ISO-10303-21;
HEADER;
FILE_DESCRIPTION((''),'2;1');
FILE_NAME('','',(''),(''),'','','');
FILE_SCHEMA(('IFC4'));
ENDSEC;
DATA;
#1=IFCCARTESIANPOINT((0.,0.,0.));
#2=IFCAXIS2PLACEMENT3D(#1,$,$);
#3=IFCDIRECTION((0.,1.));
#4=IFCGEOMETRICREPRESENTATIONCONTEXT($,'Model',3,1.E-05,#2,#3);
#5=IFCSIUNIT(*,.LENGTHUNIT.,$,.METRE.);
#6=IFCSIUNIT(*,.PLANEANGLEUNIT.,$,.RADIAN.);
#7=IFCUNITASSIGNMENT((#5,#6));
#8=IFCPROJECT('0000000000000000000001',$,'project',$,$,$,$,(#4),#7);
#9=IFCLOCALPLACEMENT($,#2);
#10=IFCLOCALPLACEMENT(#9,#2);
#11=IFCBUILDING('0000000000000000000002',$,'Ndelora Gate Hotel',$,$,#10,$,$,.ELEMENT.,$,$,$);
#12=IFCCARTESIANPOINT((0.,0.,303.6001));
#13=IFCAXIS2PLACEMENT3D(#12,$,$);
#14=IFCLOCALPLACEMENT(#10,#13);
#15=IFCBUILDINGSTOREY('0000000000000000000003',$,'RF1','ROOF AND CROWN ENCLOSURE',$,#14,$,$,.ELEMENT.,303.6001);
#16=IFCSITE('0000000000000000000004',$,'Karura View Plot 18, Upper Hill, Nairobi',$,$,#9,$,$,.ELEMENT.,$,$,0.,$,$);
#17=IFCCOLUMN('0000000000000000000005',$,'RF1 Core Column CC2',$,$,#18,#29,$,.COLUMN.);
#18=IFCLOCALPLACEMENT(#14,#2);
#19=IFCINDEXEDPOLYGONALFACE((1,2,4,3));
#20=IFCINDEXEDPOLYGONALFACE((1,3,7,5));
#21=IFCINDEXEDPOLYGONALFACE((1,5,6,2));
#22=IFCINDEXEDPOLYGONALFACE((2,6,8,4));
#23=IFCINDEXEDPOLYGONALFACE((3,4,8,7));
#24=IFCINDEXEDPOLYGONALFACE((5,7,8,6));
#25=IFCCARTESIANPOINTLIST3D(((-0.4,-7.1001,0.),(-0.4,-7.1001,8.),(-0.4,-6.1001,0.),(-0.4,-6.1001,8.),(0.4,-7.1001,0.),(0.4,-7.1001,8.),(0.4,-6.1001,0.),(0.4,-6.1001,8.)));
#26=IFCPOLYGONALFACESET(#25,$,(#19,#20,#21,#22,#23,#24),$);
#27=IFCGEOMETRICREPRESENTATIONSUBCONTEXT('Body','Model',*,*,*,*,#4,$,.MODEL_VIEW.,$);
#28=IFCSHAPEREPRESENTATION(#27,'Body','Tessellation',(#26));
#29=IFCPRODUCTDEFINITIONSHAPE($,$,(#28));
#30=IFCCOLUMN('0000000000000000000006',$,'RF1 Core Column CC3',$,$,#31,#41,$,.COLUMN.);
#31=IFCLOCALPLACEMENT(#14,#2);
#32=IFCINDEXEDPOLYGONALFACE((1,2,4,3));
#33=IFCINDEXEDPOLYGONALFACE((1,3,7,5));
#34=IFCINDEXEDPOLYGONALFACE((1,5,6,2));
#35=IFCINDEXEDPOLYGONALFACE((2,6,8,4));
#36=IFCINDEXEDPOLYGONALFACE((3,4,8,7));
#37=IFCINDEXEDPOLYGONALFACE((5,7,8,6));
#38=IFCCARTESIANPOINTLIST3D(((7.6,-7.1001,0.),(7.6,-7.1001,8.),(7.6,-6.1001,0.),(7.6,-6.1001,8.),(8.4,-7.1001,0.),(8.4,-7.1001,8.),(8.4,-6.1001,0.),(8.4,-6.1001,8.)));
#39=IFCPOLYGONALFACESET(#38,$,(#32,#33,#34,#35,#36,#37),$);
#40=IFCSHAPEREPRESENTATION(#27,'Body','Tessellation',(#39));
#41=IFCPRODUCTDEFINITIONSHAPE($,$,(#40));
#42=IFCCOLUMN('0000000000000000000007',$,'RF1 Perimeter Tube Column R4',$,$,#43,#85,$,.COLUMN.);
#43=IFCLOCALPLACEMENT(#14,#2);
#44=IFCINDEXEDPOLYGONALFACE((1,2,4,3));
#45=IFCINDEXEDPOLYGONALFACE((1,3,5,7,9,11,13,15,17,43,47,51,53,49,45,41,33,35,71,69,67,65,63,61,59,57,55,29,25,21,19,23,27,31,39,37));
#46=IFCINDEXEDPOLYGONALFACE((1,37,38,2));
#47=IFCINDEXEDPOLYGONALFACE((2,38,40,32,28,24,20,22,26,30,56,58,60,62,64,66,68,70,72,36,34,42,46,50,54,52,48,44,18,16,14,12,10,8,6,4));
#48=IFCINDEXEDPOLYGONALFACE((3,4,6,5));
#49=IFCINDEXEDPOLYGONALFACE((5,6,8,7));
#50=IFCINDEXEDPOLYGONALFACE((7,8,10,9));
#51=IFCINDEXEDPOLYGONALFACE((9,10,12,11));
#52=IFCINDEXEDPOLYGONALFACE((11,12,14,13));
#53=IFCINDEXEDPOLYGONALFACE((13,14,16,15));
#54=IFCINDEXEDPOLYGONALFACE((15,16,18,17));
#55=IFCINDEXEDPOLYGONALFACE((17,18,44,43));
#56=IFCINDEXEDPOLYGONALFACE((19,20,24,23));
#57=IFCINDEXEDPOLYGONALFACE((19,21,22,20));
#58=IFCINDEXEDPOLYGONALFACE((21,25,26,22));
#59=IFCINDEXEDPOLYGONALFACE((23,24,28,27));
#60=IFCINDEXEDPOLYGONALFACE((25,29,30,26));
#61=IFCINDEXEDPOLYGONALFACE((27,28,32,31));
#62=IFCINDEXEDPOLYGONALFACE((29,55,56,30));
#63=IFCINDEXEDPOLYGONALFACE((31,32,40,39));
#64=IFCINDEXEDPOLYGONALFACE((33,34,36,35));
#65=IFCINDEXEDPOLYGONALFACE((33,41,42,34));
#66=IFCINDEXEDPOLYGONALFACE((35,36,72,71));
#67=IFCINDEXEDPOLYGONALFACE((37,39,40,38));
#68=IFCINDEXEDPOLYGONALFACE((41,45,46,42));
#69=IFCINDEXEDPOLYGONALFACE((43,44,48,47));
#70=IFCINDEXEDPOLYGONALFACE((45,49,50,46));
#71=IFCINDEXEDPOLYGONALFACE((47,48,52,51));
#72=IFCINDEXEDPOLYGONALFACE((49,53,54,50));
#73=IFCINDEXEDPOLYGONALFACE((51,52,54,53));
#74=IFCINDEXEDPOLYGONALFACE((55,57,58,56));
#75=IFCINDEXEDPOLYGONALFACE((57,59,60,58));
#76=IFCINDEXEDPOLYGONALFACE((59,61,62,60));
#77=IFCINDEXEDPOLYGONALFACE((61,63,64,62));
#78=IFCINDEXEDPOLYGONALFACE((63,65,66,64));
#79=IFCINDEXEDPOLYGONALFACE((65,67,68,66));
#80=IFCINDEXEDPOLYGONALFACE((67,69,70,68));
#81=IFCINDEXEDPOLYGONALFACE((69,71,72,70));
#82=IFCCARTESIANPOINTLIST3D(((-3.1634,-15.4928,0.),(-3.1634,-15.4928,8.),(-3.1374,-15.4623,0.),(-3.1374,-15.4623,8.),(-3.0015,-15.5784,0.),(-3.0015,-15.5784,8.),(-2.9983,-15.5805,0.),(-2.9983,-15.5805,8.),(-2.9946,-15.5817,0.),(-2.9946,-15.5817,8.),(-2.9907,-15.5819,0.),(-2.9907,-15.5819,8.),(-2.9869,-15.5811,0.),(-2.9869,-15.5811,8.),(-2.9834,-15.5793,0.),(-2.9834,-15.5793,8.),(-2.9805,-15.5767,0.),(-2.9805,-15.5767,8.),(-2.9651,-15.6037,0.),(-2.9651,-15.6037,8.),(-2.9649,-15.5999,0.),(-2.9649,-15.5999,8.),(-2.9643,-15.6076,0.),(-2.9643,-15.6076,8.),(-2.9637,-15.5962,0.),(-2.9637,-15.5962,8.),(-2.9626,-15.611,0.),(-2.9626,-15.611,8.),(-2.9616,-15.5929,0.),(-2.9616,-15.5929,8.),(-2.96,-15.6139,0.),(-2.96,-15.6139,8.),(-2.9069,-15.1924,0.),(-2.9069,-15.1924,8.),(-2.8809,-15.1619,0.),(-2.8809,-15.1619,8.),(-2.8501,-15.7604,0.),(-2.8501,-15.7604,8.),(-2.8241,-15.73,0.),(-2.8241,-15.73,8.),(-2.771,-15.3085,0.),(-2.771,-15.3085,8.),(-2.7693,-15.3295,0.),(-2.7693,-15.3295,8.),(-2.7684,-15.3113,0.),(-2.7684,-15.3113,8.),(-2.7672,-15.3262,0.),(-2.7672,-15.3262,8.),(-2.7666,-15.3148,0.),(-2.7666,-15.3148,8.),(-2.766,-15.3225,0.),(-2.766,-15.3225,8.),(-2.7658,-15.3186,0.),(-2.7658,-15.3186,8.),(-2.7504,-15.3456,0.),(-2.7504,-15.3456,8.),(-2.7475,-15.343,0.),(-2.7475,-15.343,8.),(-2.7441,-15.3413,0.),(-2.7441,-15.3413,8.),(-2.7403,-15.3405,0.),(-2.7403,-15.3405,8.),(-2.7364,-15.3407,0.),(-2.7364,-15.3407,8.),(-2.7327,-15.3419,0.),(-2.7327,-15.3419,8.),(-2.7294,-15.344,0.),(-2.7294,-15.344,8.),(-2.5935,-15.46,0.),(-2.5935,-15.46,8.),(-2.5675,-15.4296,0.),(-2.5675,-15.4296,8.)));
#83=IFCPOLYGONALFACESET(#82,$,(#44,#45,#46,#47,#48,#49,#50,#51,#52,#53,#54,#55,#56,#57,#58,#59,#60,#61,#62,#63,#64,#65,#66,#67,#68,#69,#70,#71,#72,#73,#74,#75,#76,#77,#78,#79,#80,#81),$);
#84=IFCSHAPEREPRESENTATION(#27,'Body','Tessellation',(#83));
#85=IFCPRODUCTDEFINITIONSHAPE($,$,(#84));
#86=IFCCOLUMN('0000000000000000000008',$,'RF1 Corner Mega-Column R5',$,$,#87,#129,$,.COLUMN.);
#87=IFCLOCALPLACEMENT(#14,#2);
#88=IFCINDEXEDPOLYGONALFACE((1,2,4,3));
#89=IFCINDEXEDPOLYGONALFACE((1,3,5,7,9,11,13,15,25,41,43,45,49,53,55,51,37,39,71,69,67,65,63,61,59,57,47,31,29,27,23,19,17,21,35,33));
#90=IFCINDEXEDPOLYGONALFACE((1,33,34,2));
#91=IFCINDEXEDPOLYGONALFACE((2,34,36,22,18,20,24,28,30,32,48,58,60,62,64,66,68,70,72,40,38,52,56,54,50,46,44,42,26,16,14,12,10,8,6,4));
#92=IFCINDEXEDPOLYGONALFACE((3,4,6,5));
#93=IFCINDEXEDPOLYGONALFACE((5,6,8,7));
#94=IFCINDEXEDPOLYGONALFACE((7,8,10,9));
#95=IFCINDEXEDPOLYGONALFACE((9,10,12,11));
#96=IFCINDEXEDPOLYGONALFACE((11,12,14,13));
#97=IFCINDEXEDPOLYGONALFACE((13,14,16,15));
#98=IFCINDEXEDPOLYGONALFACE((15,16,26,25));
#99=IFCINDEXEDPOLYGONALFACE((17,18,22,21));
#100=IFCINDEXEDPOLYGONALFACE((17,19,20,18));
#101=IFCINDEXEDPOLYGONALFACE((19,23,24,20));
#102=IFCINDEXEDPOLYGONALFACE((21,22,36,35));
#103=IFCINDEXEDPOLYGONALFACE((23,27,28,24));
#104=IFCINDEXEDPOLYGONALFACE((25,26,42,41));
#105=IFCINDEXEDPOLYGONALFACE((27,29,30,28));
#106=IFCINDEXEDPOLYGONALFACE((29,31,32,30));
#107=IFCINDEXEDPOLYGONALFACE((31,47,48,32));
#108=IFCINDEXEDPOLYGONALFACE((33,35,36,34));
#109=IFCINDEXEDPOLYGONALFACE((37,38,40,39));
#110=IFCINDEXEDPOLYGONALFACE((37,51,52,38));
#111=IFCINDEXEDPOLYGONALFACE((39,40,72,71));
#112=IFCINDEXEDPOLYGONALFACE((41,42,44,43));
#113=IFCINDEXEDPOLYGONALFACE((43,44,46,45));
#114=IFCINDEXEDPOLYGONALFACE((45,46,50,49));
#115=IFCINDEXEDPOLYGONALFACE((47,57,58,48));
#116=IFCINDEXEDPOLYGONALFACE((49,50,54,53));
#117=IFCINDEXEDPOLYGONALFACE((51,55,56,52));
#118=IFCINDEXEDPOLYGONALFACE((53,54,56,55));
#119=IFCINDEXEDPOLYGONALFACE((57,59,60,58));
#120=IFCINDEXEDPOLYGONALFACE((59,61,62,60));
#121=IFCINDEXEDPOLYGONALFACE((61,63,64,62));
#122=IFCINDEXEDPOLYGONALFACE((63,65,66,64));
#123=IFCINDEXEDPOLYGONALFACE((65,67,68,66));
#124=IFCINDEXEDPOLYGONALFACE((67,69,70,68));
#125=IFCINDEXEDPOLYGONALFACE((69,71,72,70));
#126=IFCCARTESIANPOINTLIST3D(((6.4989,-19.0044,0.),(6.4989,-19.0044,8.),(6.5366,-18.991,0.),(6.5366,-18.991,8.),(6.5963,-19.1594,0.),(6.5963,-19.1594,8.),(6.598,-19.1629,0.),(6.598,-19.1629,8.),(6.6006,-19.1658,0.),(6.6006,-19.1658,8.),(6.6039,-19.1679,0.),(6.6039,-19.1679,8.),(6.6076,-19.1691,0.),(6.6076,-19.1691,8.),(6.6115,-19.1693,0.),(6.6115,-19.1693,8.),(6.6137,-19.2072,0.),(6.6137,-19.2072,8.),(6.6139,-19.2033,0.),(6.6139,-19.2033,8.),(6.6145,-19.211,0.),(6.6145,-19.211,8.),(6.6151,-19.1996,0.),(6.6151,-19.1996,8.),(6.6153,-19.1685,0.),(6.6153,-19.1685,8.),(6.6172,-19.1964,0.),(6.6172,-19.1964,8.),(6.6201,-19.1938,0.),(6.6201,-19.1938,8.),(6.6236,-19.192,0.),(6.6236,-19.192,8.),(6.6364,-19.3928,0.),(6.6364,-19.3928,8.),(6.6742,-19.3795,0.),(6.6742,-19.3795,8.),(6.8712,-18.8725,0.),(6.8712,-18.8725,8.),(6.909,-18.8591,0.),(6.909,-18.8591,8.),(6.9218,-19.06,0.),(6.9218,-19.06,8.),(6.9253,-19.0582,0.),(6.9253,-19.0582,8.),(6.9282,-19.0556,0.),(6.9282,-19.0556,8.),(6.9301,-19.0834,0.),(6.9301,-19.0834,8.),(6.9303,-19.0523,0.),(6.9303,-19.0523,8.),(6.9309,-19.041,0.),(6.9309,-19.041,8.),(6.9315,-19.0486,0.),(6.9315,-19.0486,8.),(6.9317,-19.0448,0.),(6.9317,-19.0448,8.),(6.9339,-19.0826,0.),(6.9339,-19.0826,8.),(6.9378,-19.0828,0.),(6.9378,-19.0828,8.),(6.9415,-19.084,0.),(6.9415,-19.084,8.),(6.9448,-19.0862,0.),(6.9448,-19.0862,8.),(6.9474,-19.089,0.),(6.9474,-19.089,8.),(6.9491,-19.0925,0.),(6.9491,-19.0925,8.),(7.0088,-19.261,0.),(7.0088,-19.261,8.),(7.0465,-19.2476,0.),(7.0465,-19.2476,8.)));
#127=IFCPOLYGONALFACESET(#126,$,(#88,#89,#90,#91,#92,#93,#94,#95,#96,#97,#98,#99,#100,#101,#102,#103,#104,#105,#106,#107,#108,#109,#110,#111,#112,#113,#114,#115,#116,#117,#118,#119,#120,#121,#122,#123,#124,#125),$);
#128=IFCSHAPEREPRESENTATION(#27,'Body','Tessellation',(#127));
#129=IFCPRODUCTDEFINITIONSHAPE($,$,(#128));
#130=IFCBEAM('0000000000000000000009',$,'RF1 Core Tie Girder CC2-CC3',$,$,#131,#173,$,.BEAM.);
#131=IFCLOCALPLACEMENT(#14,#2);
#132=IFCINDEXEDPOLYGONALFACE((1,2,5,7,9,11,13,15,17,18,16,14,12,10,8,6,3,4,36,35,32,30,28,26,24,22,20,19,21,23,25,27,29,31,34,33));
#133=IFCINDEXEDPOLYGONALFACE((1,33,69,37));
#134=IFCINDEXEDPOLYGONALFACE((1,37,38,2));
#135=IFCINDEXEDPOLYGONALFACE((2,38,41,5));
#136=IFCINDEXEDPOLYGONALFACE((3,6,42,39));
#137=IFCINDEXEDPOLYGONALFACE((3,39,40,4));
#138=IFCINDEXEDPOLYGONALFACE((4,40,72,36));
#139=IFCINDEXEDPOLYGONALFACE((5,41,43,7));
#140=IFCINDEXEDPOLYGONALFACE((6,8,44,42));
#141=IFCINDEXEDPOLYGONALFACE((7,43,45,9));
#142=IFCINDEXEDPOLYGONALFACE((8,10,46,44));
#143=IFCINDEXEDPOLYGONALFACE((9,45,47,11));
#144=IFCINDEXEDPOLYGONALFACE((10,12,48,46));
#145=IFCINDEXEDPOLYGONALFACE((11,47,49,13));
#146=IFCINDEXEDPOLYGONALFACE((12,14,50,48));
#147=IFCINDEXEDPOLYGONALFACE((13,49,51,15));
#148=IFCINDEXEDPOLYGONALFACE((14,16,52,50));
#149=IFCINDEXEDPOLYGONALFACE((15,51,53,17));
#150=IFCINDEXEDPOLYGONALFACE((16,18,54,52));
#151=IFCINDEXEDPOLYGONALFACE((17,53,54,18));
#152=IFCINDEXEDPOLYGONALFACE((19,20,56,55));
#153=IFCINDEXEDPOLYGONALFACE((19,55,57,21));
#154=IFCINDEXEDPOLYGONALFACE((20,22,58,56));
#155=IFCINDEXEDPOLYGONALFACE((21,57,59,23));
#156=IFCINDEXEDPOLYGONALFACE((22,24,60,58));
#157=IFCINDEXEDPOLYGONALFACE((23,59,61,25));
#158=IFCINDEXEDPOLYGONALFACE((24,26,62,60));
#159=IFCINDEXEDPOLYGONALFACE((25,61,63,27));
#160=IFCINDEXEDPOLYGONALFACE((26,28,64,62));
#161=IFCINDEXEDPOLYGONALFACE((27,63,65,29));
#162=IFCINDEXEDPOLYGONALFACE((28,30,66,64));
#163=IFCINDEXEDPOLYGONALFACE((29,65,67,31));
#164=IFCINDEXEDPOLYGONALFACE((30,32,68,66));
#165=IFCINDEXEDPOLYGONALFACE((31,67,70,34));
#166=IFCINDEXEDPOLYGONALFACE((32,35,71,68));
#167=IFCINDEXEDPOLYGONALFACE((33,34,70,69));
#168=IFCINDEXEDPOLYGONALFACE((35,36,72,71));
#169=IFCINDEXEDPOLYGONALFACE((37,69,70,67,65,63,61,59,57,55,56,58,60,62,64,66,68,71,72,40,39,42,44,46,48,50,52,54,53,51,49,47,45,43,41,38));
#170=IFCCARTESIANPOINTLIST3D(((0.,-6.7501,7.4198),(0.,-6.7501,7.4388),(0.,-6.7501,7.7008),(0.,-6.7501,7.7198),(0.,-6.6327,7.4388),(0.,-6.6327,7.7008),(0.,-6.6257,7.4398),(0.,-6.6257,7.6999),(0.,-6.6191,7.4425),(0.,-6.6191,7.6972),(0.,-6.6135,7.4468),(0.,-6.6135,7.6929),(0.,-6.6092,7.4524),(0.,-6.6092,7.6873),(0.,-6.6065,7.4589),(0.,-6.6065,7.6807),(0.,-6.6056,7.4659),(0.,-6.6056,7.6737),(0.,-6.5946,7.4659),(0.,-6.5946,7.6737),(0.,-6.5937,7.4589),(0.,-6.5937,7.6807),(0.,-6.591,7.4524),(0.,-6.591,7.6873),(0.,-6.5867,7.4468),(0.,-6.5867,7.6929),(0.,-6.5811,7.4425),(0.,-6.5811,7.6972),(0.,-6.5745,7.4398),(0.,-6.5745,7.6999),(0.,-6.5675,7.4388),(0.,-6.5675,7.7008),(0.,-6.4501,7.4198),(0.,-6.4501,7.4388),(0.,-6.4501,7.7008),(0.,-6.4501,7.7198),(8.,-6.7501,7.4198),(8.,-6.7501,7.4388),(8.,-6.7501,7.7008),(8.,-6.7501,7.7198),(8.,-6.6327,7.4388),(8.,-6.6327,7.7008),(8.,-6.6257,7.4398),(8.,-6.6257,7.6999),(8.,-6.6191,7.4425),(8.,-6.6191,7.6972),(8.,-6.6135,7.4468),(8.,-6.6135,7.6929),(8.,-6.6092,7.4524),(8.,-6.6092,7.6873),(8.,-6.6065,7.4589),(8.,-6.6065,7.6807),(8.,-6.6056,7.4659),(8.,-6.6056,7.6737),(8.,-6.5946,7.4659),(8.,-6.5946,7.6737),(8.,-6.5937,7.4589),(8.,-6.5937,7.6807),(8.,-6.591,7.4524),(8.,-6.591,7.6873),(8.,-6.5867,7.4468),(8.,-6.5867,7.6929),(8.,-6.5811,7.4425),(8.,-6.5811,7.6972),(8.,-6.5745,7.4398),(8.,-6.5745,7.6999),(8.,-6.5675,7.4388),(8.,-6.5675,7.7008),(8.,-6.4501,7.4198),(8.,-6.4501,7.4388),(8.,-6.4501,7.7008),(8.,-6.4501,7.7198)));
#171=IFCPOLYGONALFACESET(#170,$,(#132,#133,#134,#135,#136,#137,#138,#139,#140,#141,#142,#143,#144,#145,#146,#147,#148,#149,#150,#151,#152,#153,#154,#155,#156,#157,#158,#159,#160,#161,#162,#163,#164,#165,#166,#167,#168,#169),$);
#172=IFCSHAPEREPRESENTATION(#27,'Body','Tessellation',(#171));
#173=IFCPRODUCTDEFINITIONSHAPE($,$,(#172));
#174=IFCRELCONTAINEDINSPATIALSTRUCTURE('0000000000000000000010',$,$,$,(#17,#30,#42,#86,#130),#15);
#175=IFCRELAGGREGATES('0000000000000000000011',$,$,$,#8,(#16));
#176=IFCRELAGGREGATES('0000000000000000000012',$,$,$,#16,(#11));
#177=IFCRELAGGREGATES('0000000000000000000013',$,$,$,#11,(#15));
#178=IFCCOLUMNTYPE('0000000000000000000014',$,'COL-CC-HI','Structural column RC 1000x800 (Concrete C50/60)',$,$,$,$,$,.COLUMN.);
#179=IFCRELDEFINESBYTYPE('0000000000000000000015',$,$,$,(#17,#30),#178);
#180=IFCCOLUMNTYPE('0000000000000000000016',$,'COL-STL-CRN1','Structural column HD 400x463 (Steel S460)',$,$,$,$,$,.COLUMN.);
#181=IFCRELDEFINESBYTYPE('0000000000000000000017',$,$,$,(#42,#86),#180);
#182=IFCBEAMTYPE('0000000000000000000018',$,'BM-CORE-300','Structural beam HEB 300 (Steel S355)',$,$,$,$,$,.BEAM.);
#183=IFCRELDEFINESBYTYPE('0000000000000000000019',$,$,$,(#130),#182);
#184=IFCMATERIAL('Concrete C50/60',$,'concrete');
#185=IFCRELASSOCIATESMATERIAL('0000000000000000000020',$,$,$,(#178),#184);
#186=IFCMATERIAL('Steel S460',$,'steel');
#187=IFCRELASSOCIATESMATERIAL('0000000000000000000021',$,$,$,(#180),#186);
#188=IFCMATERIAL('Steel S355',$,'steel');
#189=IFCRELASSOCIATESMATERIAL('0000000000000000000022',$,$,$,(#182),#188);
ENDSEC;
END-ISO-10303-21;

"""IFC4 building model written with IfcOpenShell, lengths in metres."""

from ifc_helpers import new_model, si_unit, direction, frame, origin, origin_2d, place, context, subcontext, project, spatial, rectangle, i_section, extrude, material, material_profile, profile_set, type_object, element, save


model = new_model("IFC4")

# Units and contexts
model_context = context("Model", 3, precision=1e-05, world=origin(), true_north=direction((0.0, 1.0)))
body_context = subcontext(model_context, "Body", "Model", "MODEL_VIEW")
ifc_project = project(units=[si_unit("LENGTHUNIT", "METRE"), si_unit("PLANEANGLEUNIT", "RADIAN")], contexts=[model_context])

# Site, building, storey
site_placement = place(None, origin())
site = spatial("IfcSite", under=ifc_project, at=site_placement, Name="Karura View Plot 18, Upper Hill, Nairobi", CompositionType="ELEMENT", RefElevation=0.0)
building_placement = place(site_placement, origin())
building = spatial("IfcBuilding", under=site, at=building_placement, Name="Ndelora Gate Hotel", CompositionType="ELEMENT")
storey_placement = place(building_placement, frame((0.0, 0.0, 303.6001)))
storey = spatial("IfcBuildingStorey", under=building, at=storey_placement, Name="RF1", Description="ROOF AND CROWN ENCLOSURE", CompositionType="ELEMENT", Elevation=303.6001)

# Columns
ifc_material_1 = material(Name="Concrete C50/60", Category="concrete")
ifc_material_profile_1 = material_profile(ifc_material_1, rectangle(XDim=0.8, YDim=1.0, at=origin_2d()), Name="RC 1000x800")
ifc_profile_set_1 = profile_set([ifc_material_profile_1], Name="Concrete C50/60")
column_type_1 = type_object("IfcColumnType", Name="COL-CC-HI", Description="Structural column RC 1000x800 (Concrete C50/60)", PredefinedType="COLUMN", material=ifc_profile_set_1)
for number, where, z_axis, x_axis, name in (
    (1, (0.0, -6.6001, 0.0), (0.0, 0.0, 1.0), (1.0, 0.0, 0.0), "RF1 Core Column CC2"),
    (2, (8.0, -6.6001, 0.0), (0.0, 0.0, 1.0), (1.0, 0.0, 0.0), "RF1 Core Column CC3"),
):
    element("IfcColumn", number, at=place(storey_placement, frame(where, z_axis=z_axis, x_axis=x_axis)), inside=storey, type_object=column_type_1, Name=name, PredefinedType="COLUMN", context=body_context, shape_type="SweptSolid", body=[
        extrude(rectangle(XDim=0.8, YDim=1.0, at=origin_2d()), origin(), (0.0, 0.0, 1.0), 8.0),
    ])
ifc_material_2 = material(Name="Steel S460", Category="steel")
ifc_material_profile_2 = material_profile(ifc_material_2, i_section(OverallWidth=0.4121, OverallDepth=0.4351, WebThickness=0.0249, FlangeThickness=0.04, FilletRadius=0.0149, at=origin_2d()), Name="HD 400x463")
ifc_profile_set_2 = profile_set([ifc_material_profile_2], Name="Steel S460")
column_type_2 = type_object("IfcColumnType", Name="COL-STL-CRN1", Description="Structural column HD 400x463 (Steel S460)", PredefinedType="COLUMN", material=ifc_profile_set_2)
for number, where, z_axis, x_axis, name in (
    (3, (-2.8655, -15.4612, 0.0), (0.0, 0.0, 1.0), (-0.760406, 0.649448, 0.0), "RF1 Perimeter Tube Column R4"),
    (4, (6.7727, -19.126, 0.0), (0.0, 0.0, 1.0), (-0.333807, 0.942641, 0.0), "RF1 Corner Mega-Column R5"),
):
    element("IfcColumn", number, at=place(storey_placement, frame(where, z_axis=z_axis, x_axis=x_axis)), inside=storey, type_object=column_type_2, Name=name, PredefinedType="COLUMN", context=body_context, shape_type="SweptSolid", body=[
        extrude(i_section(OverallWidth=0.4121, OverallDepth=0.4351, WebThickness=0.0249, FlangeThickness=0.04, FilletRadius=0.0149, at=origin_2d()), origin(), (0.0, 0.0, 1.0), 8.0),
    ])

# Beam
ifc_material_3 = material(Name="Steel S355", Category="steel")
ifc_material_profile_3 = material_profile(ifc_material_3, i_section(OverallWidth=0.3, OverallDepth=0.3, WebThickness=0.011, FlangeThickness=0.019, FilletRadius=0.0271, at=origin_2d()), Name="HEB 300")
ifc_profile_set_3 = profile_set([ifc_material_profile_3], Name="Steel S355")
beam_type_1 = type_object("IfcBeamType", Name="BM-CORE-300", Description="Structural beam HEB 300 (Steel S355)", PredefinedType="BEAM", material=ifc_profile_set_3)
beam_1_placement = place(storey_placement, frame((0.0, -6.6001, 7.5698), z_axis=(1.0, 0.0, 0.0), x_axis=(0.0, 1.0, 0.0)))
element("IfcBeam", 5, at=beam_1_placement, inside=storey, type_object=beam_type_1, Name="RF1 Core Tie Girder CC2-CC3", PredefinedType="BEAM", context=body_context, shape_type="SweptSolid", body=[
    extrude(i_section(OverallWidth=0.3, OverallDepth=0.3, WebThickness=0.011, FlangeThickness=0.019, FilletRadius=0.0271, at=origin_2d()), origin(), (0.0, 0.0, 1.0), 8.0),
])

save(model, "model.ifc")
